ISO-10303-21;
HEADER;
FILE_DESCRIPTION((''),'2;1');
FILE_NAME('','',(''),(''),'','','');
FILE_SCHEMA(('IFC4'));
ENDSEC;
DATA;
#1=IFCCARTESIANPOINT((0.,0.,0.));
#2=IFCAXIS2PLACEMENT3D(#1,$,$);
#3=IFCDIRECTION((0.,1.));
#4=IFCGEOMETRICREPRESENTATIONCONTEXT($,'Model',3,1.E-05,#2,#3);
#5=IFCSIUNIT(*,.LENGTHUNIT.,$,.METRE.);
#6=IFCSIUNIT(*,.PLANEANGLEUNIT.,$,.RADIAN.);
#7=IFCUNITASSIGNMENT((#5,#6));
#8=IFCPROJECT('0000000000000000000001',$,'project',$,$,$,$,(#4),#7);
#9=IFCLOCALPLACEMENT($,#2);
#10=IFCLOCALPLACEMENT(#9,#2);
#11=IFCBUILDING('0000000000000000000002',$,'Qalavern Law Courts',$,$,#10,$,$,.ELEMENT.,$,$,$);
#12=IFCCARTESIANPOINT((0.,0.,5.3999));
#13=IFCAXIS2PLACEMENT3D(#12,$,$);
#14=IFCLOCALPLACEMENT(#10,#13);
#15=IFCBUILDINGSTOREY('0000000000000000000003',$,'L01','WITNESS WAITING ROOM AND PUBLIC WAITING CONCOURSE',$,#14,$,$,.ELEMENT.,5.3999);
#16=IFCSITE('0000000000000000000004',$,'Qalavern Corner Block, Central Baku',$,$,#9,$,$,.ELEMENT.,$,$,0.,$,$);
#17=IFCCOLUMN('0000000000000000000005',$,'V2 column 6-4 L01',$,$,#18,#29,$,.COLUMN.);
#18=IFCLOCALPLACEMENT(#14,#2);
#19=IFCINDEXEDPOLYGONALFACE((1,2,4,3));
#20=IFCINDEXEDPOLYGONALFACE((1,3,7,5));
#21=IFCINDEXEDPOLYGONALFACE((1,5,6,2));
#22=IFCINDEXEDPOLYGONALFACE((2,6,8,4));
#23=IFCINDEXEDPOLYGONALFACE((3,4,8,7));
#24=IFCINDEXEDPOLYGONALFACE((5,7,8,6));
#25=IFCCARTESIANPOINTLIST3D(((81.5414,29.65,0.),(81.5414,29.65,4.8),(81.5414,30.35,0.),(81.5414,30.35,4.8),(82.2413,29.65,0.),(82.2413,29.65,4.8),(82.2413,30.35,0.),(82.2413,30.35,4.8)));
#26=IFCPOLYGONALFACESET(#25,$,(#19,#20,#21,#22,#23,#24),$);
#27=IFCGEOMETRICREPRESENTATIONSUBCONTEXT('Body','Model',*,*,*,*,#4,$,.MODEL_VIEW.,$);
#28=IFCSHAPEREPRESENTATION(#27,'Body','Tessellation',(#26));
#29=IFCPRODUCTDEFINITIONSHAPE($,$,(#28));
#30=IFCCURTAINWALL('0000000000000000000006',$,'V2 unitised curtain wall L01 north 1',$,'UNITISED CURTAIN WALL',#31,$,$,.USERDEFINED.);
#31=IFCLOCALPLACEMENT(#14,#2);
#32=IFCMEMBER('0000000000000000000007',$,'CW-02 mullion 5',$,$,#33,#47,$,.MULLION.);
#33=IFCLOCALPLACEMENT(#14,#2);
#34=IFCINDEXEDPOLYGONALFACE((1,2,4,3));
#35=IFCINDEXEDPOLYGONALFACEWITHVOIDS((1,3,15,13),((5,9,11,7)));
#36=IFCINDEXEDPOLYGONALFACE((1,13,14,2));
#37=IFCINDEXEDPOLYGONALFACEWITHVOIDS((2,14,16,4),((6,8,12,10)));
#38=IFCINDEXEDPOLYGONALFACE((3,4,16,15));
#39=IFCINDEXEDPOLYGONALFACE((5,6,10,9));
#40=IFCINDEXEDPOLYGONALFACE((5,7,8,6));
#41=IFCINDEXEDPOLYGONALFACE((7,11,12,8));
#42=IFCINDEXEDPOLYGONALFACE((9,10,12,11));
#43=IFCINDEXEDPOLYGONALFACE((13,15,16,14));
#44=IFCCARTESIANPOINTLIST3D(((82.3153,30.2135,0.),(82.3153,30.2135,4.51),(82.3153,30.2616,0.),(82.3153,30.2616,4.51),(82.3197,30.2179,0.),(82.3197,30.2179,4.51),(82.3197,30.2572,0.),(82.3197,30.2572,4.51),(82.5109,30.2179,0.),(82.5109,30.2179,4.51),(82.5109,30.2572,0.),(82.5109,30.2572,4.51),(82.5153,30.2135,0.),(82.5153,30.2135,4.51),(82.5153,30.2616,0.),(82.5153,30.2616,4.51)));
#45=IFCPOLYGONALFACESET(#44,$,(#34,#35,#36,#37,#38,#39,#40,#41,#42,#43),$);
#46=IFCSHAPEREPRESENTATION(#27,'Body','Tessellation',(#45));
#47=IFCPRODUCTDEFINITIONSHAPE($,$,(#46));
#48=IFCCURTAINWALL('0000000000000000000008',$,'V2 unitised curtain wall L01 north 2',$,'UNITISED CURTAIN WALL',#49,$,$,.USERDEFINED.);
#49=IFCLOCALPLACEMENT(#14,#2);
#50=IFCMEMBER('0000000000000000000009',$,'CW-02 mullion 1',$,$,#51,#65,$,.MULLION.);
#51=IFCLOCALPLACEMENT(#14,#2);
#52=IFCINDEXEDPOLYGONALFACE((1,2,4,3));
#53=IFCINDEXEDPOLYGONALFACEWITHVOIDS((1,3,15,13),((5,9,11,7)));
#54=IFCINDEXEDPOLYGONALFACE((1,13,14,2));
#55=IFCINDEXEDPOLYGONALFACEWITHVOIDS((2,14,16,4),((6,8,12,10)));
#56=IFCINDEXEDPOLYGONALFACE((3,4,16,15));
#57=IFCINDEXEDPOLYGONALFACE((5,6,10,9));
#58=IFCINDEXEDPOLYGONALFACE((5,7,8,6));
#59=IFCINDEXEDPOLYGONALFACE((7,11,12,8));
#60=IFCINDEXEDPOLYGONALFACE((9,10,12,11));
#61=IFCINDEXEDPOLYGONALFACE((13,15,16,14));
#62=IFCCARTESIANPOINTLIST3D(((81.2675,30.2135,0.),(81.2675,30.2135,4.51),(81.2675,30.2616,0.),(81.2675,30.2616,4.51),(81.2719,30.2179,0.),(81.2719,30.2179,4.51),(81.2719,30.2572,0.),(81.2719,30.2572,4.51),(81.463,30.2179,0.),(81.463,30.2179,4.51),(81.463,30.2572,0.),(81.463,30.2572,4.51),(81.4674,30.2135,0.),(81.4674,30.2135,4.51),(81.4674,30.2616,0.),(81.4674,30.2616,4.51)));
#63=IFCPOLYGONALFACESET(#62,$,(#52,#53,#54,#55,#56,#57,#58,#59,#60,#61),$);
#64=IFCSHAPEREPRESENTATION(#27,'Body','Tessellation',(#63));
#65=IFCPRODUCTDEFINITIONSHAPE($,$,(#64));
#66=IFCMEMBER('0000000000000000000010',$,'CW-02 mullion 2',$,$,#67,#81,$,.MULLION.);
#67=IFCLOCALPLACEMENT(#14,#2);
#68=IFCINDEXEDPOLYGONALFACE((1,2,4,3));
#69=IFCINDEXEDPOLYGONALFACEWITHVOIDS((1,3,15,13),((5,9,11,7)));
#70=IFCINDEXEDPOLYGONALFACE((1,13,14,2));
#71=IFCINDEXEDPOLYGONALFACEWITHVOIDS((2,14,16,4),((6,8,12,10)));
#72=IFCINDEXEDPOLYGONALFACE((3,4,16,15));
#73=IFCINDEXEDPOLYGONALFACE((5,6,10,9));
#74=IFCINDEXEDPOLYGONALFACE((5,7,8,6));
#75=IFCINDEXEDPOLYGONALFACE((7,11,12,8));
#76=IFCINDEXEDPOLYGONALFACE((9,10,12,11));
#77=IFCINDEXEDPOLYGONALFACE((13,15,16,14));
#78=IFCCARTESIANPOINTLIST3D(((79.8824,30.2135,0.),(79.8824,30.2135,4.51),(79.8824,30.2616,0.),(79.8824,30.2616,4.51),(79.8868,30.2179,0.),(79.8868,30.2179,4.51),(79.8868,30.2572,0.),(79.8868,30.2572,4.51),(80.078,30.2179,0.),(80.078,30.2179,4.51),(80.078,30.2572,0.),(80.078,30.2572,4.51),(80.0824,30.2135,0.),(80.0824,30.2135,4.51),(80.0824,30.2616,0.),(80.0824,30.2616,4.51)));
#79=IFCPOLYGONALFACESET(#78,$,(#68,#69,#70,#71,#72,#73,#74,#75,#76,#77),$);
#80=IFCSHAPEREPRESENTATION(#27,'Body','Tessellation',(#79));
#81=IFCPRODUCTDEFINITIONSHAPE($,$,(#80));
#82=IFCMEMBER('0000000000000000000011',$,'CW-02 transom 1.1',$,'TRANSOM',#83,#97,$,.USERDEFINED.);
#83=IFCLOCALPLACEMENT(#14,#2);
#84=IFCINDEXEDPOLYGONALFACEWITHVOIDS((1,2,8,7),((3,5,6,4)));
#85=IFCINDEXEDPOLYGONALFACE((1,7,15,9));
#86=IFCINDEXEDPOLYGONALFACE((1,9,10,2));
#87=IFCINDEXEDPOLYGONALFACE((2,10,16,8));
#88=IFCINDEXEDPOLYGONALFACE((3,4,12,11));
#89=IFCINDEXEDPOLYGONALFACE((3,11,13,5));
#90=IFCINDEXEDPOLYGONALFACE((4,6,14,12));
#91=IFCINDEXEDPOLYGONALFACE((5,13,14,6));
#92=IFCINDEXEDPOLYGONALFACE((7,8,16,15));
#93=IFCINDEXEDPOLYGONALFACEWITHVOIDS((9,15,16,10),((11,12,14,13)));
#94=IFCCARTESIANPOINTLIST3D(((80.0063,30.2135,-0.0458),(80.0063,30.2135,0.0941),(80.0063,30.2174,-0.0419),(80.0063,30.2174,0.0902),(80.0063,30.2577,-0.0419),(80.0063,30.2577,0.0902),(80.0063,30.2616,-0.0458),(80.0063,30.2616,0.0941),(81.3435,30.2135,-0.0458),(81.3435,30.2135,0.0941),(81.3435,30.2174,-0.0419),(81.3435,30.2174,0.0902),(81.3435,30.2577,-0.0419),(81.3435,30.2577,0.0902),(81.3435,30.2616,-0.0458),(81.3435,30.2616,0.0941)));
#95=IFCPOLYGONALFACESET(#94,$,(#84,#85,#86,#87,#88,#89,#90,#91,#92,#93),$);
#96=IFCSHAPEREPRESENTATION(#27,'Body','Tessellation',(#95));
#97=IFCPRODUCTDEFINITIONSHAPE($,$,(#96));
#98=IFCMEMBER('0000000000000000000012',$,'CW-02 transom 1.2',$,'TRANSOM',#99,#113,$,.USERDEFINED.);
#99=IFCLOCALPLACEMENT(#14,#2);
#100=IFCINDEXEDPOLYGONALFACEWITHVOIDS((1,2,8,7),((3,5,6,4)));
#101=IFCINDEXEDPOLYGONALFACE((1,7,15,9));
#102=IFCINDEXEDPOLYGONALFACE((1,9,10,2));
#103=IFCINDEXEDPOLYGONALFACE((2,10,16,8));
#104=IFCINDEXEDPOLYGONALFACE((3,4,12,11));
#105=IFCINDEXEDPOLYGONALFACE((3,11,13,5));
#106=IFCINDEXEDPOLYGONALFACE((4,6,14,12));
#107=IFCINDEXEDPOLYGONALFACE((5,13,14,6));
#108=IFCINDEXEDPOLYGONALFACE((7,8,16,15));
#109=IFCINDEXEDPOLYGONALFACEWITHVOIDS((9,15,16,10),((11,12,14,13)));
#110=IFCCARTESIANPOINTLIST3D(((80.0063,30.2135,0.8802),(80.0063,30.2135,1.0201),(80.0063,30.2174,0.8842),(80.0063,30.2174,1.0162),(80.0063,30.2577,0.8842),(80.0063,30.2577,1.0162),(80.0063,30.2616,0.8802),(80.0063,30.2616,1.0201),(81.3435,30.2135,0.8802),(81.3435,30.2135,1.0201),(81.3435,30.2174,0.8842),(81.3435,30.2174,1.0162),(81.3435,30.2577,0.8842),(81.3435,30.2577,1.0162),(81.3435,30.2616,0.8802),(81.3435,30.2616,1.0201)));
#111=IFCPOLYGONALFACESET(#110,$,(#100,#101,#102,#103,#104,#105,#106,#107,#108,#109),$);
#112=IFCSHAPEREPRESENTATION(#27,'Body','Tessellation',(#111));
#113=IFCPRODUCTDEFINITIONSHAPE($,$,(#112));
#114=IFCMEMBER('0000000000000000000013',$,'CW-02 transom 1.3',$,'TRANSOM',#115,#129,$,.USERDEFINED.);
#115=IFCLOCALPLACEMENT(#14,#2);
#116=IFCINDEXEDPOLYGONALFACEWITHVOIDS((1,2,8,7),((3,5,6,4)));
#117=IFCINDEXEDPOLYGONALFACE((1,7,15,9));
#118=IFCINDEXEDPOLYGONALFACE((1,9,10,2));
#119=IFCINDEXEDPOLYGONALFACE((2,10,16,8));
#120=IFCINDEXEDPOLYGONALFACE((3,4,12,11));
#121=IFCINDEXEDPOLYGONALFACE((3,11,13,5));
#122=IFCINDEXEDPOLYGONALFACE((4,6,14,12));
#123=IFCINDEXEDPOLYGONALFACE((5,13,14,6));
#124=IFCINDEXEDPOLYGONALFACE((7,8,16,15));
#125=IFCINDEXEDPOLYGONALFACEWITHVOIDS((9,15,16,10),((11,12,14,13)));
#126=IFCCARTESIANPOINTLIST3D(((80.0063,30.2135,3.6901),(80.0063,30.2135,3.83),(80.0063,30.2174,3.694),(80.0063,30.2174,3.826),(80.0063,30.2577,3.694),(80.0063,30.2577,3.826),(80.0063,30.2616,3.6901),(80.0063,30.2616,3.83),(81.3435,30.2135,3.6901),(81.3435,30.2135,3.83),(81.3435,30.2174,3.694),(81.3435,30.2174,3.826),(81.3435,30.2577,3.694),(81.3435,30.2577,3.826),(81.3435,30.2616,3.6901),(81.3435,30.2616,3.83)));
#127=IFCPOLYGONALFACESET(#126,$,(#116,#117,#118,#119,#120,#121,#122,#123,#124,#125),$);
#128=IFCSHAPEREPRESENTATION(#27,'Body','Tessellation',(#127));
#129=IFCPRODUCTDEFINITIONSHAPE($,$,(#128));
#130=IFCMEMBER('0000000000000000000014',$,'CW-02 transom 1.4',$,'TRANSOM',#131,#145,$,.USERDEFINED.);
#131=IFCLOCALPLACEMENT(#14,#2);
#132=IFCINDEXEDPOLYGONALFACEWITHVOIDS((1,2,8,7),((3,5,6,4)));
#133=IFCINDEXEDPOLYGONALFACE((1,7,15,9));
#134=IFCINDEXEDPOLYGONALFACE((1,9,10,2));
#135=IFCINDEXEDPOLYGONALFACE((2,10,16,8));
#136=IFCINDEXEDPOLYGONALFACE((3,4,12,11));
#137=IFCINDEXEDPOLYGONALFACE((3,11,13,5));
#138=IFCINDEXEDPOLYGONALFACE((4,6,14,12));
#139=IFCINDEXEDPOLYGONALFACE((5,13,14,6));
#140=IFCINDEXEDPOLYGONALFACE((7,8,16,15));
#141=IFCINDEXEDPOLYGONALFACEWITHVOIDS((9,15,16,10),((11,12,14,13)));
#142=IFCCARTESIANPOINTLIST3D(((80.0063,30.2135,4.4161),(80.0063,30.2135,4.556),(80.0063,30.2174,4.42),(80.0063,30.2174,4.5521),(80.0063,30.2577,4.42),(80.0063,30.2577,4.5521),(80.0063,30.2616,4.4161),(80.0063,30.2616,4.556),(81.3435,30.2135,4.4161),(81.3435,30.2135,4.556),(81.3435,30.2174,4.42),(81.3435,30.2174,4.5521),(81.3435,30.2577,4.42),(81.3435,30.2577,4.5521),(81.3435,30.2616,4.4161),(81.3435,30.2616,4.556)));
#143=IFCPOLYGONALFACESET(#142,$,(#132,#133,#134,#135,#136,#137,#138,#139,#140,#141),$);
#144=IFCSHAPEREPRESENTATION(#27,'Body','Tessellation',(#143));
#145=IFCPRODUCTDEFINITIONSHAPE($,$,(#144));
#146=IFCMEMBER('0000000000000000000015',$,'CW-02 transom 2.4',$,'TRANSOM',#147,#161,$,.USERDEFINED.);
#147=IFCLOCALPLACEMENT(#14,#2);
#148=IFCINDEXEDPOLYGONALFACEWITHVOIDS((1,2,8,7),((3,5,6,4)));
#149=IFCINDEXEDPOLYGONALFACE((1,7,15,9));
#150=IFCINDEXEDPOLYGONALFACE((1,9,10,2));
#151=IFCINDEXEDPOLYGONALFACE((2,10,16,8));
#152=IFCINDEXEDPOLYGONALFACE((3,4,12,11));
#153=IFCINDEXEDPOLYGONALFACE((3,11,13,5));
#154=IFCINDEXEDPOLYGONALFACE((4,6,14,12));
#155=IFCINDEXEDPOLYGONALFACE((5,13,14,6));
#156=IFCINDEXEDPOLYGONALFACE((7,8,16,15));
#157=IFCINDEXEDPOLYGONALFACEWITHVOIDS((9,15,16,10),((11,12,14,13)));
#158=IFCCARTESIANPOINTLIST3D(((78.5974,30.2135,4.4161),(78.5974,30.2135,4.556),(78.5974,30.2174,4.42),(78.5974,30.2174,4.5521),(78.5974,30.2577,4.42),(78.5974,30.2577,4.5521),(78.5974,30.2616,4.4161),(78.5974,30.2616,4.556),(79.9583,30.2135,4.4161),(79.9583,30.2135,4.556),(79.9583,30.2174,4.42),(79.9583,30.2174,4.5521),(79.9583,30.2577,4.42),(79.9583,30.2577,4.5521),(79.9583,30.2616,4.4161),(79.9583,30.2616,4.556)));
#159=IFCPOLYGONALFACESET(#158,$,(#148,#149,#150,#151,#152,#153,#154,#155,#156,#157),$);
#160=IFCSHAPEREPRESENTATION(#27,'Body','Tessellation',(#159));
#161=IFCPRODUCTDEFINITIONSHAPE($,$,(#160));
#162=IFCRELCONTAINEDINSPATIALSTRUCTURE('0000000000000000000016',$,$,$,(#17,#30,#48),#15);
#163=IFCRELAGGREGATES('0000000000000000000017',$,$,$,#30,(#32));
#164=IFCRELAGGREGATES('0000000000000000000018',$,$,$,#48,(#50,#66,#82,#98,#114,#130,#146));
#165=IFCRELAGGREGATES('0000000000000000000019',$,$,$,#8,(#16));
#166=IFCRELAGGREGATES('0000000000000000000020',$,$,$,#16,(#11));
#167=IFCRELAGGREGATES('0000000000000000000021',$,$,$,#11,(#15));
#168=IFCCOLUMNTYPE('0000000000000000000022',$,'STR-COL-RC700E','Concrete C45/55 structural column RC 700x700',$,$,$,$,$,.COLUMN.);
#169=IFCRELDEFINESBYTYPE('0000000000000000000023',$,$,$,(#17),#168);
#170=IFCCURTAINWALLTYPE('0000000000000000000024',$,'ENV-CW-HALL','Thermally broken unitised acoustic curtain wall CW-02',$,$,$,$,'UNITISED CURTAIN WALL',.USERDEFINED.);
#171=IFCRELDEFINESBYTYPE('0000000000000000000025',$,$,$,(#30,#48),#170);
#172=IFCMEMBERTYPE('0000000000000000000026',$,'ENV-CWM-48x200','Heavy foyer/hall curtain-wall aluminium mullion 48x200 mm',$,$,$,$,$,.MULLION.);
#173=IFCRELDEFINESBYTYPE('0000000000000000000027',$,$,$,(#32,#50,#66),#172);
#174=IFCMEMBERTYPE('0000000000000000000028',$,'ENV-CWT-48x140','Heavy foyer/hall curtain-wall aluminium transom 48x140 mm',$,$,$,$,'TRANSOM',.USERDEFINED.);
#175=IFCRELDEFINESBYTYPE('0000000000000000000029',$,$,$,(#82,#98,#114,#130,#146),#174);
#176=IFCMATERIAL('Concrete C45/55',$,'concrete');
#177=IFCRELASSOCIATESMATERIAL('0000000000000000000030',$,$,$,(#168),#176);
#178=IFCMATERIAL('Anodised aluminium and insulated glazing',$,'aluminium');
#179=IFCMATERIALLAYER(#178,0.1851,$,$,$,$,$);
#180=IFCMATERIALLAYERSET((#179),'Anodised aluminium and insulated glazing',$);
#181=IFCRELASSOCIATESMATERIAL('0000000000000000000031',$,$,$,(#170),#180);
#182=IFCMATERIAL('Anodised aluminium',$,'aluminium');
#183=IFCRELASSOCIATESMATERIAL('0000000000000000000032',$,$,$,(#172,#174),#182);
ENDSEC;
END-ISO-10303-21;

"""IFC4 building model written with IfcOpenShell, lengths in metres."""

from ifc_helpers import new_model, si_unit, direction, frame, origin, origin_2d, place, context, subcontext, project, spatial, rectangle, hollow_rectangle, extrude, material, layer, layer_set, material_profile, profile_set, type_object, element, aggregate, save


model = new_model("IFC4")

# Units and contexts
model_context = context("Model", 3, precision=1e-05, world=origin(), true_north=direction((0.0, 1.0)))
body_context = subcontext(model_context, "Body", "Model", "MODEL_VIEW")
ifc_project = project(units=[si_unit("LENGTHUNIT", "METRE"), si_unit("PLANEANGLEUNIT", "RADIAN")], contexts=[model_context])

# Site, building, storey
site_placement = place(None, origin())
site = spatial("IfcSite", under=ifc_project, at=site_placement, Name="Qalavern Corner Block, Central Baku", CompositionType="ELEMENT", RefElevation=0.0)
building_placement = place(site_placement, origin())
building = spatial("IfcBuilding", under=site, at=building_placement, Name="Qalavern Law Courts", CompositionType="ELEMENT")
storey_placement = place(building_placement, frame((0.0, 0.0, 5.3999)))
storey = spatial("IfcBuildingStorey", under=building, at=storey_placement, Name="L01", Description="WITNESS WAITING ROOM AND PUBLIC WAITING CONCOURSE", CompositionType="ELEMENT", Elevation=5.3999)

# Column
ifc_material_1 = material(Name="Concrete C45/55", Category="concrete")
ifc_material_profile_1 = material_profile(ifc_material_1, rectangle(XDim=0.7, YDim=0.7, at=origin_2d()), Name="RC 700x700")
ifc_profile_set_1 = profile_set([ifc_material_profile_1], Name="Concrete C45/55")
column_type = type_object("IfcColumnType", Name="STR-COL-RC700E", Description="Concrete C45/55 structural column RC 700x700", PredefinedType="COLUMN", material=ifc_profile_set_1)
column_placement = place(storey_placement, frame((81.8914, 30.0, 0.0), z_axis=(0.0, 0.0, 1.0), x_axis=(1.0, 0.0, 0.0)))
element("IfcColumn", 1, at=column_placement, inside=storey, type_object=column_type, Name="V2 column 6-4 L01", PredefinedType="COLUMN", context=body_context, shape_type="SweptSolid", body=[
    extrude(rectangle(XDim=0.7, YDim=0.7, at=origin_2d()), origin(), (0.0, 0.0, 1.0), 4.8),
])

# Curtain wall, member
ifc_material_2 = material(Name="Anodised aluminium and insulated glazing", Category="aluminium")
ifc_layer_1 = layer(ifc_material_2, 0.1851)
ifc_layer_set_1 = layer_set([ifc_layer_1], Name="Anodised aluminium and insulated glazing")
curtain_wall_type = type_object("IfcCurtainWallType", Name="ENV-CW-HALL", Description="Thermally broken unitised acoustic curtain wall CW-02", ElementType="UNITISED CURTAIN WALL", PredefinedType="USERDEFINED", material=ifc_layer_set_1)
curtain_wall_1_placement = place(storey_placement, origin())
curtain_wall_1 = element("IfcCurtainWall", 2, at=curtain_wall_1_placement, inside=storey, type_object=curtain_wall_type, Name="V2 unitised curtain wall L01 north 1", ObjectType="UNITISED CURTAIN WALL", PredefinedType="USERDEFINED")
ifc_material_3 = material(Name="Anodised aluminium", Category="aluminium")
ifc_material_profile_2 = material_profile(ifc_material_3, hollow_rectangle(XDim=0.0481, YDim=0.2, WallThickness=0.0044, at=origin_2d()), Name="ALU MULLION 48x200")
ifc_profile_set_2 = profile_set([ifc_material_profile_2], Name="Anodised aluminium")
member_type_1 = type_object("IfcMemberType", Name="ENV-CWM-48x200", Description="Heavy foyer/hall curtain-wall aluminium mullion 48x200 mm", PredefinedType="MULLION", material=ifc_profile_set_2)
member_1_placement = place(storey_placement, frame((82.4153, 30.2375, 0.0), z_axis=(0.0, 0.0, 1.0), x_axis=(0.0, -1.0, 0.0)))
member_1 = element("IfcMember", 3, at=member_1_placement, type_object=member_type_1, Name="CW-02 mullion 5", PredefinedType="MULLION", context=body_context, shape_type="SweptSolid", body=[
    extrude(hollow_rectangle(XDim=0.0481, YDim=0.2, WallThickness=0.0044, at=origin_2d()), origin(), (0.0, 0.0, 1.0), 4.51),
])
aggregate(curtain_wall_1, [member_1])

# Curtain wall, members
curtain_wall_2_placement = place(storey_placement, origin())
curtain_wall_2 = element("IfcCurtainWall", 4, at=curtain_wall_2_placement, inside=storey, type_object=curtain_wall_type, Name="V2 unitised curtain wall L01 north 2", ObjectType="UNITISED CURTAIN WALL", PredefinedType="USERDEFINED")
member_2_placement = place(storey_placement, frame((81.3674, 30.2375, 0.0), z_axis=(0.0, 0.0, 1.0), x_axis=(0.0, -1.0, 0.0)))
member_2 = element("IfcMember", 5, at=member_2_placement, type_object=member_type_1, Name="CW-02 mullion 1", PredefinedType="MULLION", context=body_context, shape_type="SweptSolid", body=[
    extrude(hollow_rectangle(XDim=0.0481, YDim=0.2, WallThickness=0.0044, at=origin_2d()), origin(), (0.0, 0.0, 1.0), 4.51),
])
member_3_placement = place(storey_placement, frame((79.9824, 30.2375, 0.0), z_axis=(0.0, 0.0, 1.0), x_axis=(0.0, -1.0, 0.0)))
member_3 = element("IfcMember", 6, at=member_3_placement, type_object=member_type_1, Name="CW-02 mullion 2", PredefinedType="MULLION", context=body_context, shape_type="SweptSolid", body=[
    extrude(hollow_rectangle(XDim=0.0481, YDim=0.2, WallThickness=0.0044, at=origin_2d()), origin(), (0.0, 0.0, 1.0), 4.51),
])
ifc_material_profile_3 = material_profile(ifc_material_3, hollow_rectangle(XDim=0.0481, YDim=0.1399, WallThickness=0.0039, at=origin_2d()), Name="ALU TRANSOM 48x140")
ifc_profile_set_3 = profile_set([ifc_material_profile_3], Name="Anodised aluminium")
member_type_2 = type_object("IfcMemberType", Name="ENV-CWT-48x140", Description="Heavy foyer/hall curtain-wall aluminium transom 48x140 mm", ElementType="TRANSOM", PredefinedType="USERDEFINED", material=ifc_profile_set_3)
member_4_placement = place(storey_placement, frame((81.3435, 30.2375, 0.0242), z_axis=(-1.0, 0.0, 0.0), x_axis=(0.0, -1.0, 0.0)))
member_4 = element("IfcMember", 7, at=member_4_placement, type_object=member_type_2, Name="CW-02 transom 1.1", ObjectType="TRANSOM", PredefinedType="USERDEFINED", context=body_context, shape_type="SweptSolid", body=[
    extrude(hollow_rectangle(XDim=0.0481, YDim=0.1399, WallThickness=0.0039, at=origin_2d()), origin(), (0.0, 0.0, 1.0), 1.3372),
])
member_5_placement = place(storey_placement, frame((81.3435, 30.2375, 0.9502), z_axis=(-1.0, 0.0, 0.0), x_axis=(0.0, -1.0, 0.0)))
member_5 = element("IfcMember", 8, at=member_5_placement, type_object=member_type_2, Name="CW-02 transom 1.2", ObjectType="TRANSOM", PredefinedType="USERDEFINED", context=body_context, shape_type="SweptSolid", body=[
    extrude(hollow_rectangle(XDim=0.0481, YDim=0.1399, WallThickness=0.0039, at=origin_2d()), origin(), (0.0, 0.0, 1.0), 1.3372),
])
member_6_placement = place(storey_placement, frame((81.3435, 30.2375, 3.76), z_axis=(-1.0, 0.0, 0.0), x_axis=(0.0, -1.0, 0.0)))
member_6 = element("IfcMember", 9, at=member_6_placement, type_object=member_type_2, Name="CW-02 transom 1.3", ObjectType="TRANSOM", PredefinedType="USERDEFINED", context=body_context, shape_type="SweptSolid", body=[
    extrude(hollow_rectangle(XDim=0.0481, YDim=0.1399, WallThickness=0.0039, at=origin_2d()), origin(), (0.0, 0.0, 1.0), 1.3372),
])
member_7_placement = place(storey_placement, frame((81.3435, 30.2375, 4.4861), z_axis=(-1.0, 0.0, 0.0), x_axis=(0.0, -1.0, 0.0)))
member_7 = element("IfcMember", 10, at=member_7_placement, type_object=member_type_2, Name="CW-02 transom 1.4", ObjectType="TRANSOM", PredefinedType="USERDEFINED", context=body_context, shape_type="SweptSolid", body=[
    extrude(hollow_rectangle(XDim=0.0481, YDim=0.1399, WallThickness=0.0039, at=origin_2d()), origin(), (0.0, 0.0, 1.0), 1.3372),
])
member_8_placement = place(storey_placement, frame((79.9583, 30.2375, 4.4861), z_axis=(-1.0, 0.0, 0.0), x_axis=(0.0, -1.0, 0.0)))
member_8 = element("IfcMember", 11, at=member_8_placement, type_object=member_type_2, Name="CW-02 transom 2.4", ObjectType="TRANSOM", PredefinedType="USERDEFINED", context=body_context, shape_type="SweptSolid", body=[
    extrude(hollow_rectangle(XDim=0.0481, YDim=0.1399, WallThickness=0.0039, at=origin_2d()), origin(), (0.0, 0.0, 1.0), 1.3608),
])

aggregate(curtain_wall_2, [member_2, member_3, member_4, member_5, member_6, member_7, member_8])

save(model, "model.ifc")
